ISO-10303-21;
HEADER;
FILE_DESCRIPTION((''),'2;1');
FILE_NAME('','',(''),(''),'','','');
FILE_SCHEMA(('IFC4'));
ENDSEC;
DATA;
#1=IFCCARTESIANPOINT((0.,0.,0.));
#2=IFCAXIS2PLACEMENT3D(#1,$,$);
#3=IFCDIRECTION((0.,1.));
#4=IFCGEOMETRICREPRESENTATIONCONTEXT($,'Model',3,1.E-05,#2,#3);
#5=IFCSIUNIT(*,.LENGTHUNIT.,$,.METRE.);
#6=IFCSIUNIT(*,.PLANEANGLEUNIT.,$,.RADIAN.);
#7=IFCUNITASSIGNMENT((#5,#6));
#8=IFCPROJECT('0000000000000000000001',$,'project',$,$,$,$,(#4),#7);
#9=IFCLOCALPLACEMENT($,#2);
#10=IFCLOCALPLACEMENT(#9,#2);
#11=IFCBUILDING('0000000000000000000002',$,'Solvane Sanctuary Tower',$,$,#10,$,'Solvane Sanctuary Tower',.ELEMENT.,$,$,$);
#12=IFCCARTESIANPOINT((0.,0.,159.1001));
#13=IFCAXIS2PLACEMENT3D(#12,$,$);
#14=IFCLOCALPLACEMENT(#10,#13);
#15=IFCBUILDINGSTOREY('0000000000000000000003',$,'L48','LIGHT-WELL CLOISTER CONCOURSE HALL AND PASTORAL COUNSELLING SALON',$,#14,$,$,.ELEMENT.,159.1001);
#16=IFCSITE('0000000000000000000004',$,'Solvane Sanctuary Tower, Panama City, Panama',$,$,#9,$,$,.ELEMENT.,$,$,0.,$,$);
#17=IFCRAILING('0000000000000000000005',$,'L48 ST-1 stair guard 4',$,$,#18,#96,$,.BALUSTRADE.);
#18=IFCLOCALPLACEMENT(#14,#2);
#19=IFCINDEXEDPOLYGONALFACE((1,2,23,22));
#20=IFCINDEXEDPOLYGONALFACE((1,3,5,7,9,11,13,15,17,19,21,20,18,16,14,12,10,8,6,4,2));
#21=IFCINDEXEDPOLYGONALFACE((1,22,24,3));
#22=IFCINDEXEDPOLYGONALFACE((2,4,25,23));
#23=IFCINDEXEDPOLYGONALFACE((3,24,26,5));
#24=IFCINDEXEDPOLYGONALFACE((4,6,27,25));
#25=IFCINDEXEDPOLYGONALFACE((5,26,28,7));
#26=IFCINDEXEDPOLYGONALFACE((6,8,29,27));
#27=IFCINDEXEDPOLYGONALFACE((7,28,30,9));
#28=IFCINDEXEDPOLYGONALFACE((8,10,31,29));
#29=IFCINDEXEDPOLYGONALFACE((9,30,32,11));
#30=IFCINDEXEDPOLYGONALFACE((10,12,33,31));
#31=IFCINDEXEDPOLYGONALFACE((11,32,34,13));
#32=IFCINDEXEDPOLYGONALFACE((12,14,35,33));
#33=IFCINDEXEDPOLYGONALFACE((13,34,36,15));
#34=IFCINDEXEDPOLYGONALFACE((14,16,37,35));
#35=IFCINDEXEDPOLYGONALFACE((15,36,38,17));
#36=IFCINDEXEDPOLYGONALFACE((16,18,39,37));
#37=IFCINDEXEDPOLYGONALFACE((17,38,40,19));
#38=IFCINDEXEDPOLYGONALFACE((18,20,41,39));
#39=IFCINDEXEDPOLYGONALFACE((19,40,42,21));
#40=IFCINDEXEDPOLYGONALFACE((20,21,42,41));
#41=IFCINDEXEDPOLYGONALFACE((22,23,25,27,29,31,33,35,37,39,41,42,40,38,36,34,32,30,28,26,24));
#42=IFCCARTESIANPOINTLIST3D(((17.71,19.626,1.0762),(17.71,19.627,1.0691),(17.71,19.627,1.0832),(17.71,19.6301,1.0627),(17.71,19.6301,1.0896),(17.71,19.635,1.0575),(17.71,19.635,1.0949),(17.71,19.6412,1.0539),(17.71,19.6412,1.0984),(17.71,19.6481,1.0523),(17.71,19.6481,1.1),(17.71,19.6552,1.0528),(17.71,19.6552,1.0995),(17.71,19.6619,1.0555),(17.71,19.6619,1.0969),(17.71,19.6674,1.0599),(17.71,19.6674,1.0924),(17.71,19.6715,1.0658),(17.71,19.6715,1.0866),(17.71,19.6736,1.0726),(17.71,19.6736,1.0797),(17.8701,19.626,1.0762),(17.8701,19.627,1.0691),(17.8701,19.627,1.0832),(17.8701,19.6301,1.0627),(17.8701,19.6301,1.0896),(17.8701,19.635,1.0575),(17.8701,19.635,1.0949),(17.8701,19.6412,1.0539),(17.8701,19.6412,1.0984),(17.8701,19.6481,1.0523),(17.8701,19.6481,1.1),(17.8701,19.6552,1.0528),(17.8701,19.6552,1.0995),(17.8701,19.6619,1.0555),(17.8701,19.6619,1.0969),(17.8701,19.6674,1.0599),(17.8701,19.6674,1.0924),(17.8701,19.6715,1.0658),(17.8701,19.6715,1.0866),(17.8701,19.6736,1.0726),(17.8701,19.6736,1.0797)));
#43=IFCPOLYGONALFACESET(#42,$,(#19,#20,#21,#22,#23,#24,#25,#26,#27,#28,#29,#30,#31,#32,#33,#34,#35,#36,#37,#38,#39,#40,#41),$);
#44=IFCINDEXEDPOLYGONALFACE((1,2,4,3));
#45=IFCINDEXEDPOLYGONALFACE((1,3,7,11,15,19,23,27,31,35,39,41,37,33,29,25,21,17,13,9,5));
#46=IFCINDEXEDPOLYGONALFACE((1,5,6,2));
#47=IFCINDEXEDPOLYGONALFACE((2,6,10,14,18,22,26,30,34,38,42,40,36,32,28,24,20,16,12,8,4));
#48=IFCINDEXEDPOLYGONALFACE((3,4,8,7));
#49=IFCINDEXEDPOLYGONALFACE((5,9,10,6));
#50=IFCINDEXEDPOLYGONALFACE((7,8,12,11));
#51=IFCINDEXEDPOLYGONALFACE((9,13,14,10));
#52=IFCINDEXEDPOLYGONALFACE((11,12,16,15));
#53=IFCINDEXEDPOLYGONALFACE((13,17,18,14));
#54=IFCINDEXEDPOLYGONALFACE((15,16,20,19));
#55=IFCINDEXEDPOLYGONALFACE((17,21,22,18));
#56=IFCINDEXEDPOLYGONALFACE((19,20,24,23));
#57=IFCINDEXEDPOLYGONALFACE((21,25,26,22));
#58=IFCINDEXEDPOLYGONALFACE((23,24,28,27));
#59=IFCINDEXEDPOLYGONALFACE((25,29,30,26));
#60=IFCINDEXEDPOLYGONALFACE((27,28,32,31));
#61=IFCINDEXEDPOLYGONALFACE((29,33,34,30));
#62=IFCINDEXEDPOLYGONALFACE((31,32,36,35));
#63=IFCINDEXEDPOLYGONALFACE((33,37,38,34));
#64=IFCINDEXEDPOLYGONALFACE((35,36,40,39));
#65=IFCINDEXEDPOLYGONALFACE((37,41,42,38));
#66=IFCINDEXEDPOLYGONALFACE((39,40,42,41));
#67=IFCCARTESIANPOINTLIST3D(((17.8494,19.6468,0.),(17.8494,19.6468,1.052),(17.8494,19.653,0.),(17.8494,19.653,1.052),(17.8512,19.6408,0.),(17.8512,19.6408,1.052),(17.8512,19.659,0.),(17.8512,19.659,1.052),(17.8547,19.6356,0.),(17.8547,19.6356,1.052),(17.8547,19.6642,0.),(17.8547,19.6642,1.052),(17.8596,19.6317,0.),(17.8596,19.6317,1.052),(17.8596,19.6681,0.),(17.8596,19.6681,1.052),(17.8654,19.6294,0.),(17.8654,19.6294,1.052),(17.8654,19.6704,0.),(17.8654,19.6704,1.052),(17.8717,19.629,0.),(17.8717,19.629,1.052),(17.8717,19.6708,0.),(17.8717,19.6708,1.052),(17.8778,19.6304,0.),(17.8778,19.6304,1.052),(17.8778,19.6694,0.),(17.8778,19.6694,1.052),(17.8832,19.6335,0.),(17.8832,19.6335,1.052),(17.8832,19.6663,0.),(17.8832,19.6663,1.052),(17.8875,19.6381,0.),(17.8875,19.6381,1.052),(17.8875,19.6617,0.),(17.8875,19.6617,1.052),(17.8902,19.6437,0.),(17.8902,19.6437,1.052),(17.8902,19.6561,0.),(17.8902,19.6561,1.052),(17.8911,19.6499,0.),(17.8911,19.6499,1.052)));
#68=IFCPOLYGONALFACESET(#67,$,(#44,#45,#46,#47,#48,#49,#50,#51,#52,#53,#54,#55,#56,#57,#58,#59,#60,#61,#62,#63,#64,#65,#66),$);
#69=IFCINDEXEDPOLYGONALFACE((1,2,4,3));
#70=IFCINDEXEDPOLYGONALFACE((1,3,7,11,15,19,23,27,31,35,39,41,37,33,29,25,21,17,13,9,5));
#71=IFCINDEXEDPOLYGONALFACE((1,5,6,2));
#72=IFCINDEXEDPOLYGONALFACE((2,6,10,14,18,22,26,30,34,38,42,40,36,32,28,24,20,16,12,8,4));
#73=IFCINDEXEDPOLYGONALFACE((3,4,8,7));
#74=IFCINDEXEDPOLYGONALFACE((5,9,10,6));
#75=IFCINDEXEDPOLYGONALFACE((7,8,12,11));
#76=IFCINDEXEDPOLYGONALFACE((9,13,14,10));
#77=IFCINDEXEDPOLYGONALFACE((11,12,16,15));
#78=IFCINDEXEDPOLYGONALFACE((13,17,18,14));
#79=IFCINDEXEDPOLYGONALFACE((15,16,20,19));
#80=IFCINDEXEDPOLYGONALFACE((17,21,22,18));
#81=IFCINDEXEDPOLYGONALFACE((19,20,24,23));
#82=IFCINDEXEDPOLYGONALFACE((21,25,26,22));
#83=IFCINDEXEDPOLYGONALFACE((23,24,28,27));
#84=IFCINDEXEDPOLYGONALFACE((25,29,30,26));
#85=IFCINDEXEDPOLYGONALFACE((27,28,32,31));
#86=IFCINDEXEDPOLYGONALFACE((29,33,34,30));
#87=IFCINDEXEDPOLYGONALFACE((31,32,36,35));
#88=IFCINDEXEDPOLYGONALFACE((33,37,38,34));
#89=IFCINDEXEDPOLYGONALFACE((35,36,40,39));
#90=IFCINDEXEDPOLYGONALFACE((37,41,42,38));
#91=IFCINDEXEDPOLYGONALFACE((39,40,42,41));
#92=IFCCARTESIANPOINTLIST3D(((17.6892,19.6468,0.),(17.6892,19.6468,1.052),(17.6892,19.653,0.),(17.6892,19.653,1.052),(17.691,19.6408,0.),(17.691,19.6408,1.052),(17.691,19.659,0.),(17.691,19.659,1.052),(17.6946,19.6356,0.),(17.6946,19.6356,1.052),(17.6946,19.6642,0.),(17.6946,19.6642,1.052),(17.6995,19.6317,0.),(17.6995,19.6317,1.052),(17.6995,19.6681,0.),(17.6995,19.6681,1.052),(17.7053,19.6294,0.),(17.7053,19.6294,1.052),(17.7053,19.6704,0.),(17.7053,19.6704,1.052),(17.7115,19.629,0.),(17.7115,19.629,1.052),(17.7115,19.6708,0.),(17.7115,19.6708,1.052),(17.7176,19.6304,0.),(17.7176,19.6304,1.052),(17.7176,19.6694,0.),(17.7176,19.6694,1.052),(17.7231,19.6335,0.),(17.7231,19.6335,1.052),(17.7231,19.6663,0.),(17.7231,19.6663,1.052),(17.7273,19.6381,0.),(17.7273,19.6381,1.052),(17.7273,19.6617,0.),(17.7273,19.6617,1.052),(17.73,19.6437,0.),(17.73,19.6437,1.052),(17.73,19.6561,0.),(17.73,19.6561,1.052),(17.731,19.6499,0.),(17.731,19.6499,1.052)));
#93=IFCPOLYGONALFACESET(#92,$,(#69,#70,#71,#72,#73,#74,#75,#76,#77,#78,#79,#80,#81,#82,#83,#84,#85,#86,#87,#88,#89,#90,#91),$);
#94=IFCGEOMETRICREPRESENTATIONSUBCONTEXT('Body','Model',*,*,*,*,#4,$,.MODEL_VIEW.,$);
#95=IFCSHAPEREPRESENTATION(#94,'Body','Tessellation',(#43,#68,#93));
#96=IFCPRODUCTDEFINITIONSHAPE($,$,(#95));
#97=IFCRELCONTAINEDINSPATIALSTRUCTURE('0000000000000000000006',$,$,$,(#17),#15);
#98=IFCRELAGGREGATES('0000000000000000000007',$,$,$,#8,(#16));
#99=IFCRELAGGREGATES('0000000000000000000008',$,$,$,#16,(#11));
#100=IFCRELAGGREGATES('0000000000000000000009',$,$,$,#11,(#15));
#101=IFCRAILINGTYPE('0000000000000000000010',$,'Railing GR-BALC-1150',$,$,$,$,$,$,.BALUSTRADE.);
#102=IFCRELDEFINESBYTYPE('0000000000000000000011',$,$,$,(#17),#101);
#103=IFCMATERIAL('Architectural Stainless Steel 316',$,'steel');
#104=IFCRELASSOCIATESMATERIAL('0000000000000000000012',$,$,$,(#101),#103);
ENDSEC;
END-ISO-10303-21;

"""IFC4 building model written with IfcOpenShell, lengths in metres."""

from ifc_helpers import new_model, si_unit, direction, frame, origin, origin_2d, place, context, subcontext, project, spatial, circle, extrude, material, type_object, element, save


model = new_model("IFC4")

# Units and contexts
model_context = context("Model", 3, precision=1e-05, world=origin(), true_north=direction((0.0, 1.0)))
body_context = subcontext(model_context, "Body", "Model", "MODEL_VIEW")
ifc_project = project(units=[si_unit("LENGTHUNIT", "METRE"), si_unit("PLANEANGLEUNIT", "RADIAN")], contexts=[model_context])

# Site, building, storey
site_placement = place(None, origin())
site = spatial("IfcSite", under=ifc_project, at=site_placement, Name="Solvane Sanctuary Tower, Panama City, Panama", CompositionType="ELEMENT", RefElevation=0.0)
building_placement = place(site_placement, origin())
building = spatial("IfcBuilding", under=site, at=building_placement, Name="Solvane Sanctuary Tower", LongName="Solvane Sanctuary Tower", CompositionType="ELEMENT")
storey_placement = place(building_placement, frame((0.0, 0.0, 159.1001)))
storey = spatial("IfcBuildingStorey", under=building, at=storey_placement, Name="L48", Description="LIGHT-WELL CLOISTER CONCOURSE HALL AND PASTORAL COUNSELLING SALON", CompositionType="ELEMENT", Elevation=159.1001)

# Shared definitions
ifc_material_1 = material(Name="Architectural Stainless Steel 316", Category="steel")

# Railing
railing_type_1 = type_object("IfcRailingType", Name="Railing GR-BALC-1150", PredefinedType="BALUSTRADE", material=ifc_material_1)
railing_1_placement = place(storey_placement, frame((17.8701, 19.6499, 0.0)))
element("IfcRailing", 1, at=railing_1_placement, inside=storey, type_object=railing_type_1, Name="L48 ST-1 stair guard 4", PredefinedType="BALUSTRADE", context=body_context, shape_type="SweptSolid", body=[
    extrude(circle(Radius=0.0239, at=origin_2d()), frame((0.0, 0.0, 1.0762), z_axis=(-1.0, 0.0, 0.0), x_axis=(0.0, -1.0, 0.0)), (0.0, 0.0, 1.0), 0.1602),
    extrude(circle(Radius=0.021, at=origin_2d()), origin(), (0.0, 0.0, 1.0), 1.052),
    extrude(circle(Radius=0.021, at=origin_2d()), frame((-0.1602, 0.0, 0.0)), (0.0, 0.0, 1.0), 1.052),
])

save(model, "model.ifc")
